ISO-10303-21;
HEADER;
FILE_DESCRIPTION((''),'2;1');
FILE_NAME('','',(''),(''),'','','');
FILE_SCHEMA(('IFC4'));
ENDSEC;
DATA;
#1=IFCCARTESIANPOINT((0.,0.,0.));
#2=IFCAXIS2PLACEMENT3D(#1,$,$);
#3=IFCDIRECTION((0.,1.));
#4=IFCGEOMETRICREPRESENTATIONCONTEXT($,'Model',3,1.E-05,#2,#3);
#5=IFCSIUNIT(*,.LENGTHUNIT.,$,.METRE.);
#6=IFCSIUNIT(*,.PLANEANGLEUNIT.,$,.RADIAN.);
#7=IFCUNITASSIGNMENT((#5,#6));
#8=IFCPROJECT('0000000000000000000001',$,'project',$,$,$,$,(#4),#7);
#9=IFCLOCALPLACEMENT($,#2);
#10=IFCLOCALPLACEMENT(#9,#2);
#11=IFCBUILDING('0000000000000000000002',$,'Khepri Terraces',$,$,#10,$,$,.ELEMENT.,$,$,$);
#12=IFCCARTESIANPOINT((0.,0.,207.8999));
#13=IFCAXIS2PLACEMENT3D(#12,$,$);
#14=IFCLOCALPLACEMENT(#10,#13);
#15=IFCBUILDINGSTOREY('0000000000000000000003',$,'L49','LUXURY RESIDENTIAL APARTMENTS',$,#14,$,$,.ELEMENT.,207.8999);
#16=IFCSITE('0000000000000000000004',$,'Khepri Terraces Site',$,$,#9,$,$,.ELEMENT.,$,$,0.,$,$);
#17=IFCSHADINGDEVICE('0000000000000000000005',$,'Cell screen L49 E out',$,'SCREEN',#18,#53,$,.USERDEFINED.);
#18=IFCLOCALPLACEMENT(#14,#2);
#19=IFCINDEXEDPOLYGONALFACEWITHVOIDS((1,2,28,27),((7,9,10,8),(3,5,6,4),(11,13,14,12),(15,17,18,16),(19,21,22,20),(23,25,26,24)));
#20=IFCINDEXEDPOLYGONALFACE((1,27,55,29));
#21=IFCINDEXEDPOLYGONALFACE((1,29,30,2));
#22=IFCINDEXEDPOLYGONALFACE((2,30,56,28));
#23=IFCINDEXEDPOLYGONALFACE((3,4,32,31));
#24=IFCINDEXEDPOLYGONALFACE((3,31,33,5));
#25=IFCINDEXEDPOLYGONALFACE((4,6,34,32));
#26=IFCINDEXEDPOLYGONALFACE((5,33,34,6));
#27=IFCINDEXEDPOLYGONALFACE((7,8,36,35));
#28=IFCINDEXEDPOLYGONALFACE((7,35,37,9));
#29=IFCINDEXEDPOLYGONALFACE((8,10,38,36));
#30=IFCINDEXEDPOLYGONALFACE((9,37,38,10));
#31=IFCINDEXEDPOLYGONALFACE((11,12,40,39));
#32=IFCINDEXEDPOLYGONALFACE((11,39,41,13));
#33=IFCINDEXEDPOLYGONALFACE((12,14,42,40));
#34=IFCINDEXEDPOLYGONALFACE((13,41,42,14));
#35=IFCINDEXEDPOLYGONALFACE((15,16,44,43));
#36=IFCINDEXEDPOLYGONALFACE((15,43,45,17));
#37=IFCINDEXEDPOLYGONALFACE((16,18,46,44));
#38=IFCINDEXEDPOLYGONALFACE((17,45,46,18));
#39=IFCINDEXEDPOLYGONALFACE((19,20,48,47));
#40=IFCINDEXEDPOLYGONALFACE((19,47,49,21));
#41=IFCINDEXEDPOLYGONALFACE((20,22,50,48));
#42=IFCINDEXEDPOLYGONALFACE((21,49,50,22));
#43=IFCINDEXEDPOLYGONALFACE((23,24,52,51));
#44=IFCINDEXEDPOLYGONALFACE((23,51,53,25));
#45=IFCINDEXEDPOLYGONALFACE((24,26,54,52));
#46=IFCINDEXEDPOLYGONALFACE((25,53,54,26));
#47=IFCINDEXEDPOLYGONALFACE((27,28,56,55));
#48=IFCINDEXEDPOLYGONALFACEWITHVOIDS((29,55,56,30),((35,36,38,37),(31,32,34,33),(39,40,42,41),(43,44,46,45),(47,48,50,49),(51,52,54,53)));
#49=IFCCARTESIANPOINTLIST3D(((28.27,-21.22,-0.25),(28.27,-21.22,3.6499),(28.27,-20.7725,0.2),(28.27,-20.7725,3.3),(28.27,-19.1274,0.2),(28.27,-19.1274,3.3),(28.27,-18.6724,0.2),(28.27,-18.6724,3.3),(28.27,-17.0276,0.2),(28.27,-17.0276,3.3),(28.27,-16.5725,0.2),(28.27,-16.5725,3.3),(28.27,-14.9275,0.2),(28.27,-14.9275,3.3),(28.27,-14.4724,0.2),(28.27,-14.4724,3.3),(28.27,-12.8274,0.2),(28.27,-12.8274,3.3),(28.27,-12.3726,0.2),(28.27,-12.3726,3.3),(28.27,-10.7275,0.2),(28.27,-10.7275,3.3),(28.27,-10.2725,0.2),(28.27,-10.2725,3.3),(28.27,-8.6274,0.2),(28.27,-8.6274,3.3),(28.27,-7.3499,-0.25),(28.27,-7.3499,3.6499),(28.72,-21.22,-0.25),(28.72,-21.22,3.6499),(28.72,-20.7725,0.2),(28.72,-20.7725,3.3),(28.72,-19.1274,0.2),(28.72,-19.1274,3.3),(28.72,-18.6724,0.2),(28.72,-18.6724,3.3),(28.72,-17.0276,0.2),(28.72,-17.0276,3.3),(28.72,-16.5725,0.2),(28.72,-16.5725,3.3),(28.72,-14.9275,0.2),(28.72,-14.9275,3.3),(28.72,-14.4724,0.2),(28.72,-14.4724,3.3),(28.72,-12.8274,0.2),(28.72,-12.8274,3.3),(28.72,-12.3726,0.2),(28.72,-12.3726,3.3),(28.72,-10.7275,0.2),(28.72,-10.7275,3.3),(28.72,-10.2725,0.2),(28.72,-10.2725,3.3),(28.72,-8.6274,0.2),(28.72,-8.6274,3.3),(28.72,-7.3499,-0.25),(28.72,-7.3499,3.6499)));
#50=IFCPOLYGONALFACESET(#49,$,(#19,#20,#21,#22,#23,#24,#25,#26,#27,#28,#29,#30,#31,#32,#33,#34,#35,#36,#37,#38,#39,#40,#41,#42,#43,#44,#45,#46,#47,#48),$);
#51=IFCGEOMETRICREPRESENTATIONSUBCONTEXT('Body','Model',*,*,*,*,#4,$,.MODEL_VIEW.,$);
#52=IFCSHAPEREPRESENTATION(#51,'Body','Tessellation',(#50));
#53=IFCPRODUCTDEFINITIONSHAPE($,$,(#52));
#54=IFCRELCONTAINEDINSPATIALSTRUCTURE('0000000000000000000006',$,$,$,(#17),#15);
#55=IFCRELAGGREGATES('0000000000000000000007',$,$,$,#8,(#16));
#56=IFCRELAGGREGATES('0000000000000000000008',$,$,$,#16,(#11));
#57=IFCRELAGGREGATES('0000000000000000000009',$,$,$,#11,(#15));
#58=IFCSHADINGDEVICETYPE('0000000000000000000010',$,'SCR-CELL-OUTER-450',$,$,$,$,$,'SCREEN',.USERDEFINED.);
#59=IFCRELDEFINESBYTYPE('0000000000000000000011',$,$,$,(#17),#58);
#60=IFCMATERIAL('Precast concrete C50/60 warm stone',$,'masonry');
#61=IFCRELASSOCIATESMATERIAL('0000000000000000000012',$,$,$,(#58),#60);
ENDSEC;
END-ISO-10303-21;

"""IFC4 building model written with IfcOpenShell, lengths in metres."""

from ifc_helpers import new_model, si_unit, direction, frame, origin, place, context, subcontext, project, spatial, polyline, outline, extrude, material, type_object, element, save


model = new_model("IFC4")

# Units and contexts
model_context = context("Model", 3, precision=1e-05, world=origin(), true_north=direction((0.0, 1.0)))
body_context = subcontext(model_context, "Body", "Model", "MODEL_VIEW")
ifc_project = project(units=[si_unit("LENGTHUNIT", "METRE"), si_unit("PLANEANGLEUNIT", "RADIAN")], contexts=[model_context])

# Site, building, storey
site_placement = place(None, origin())
site = spatial("IfcSite", under=ifc_project, at=site_placement, Name="Khepri Terraces Site", CompositionType="ELEMENT", RefElevation=0.0)
building_placement = place(site_placement, origin())
building = spatial("IfcBuilding", under=site, at=building_placement, Name="Khepri Terraces", CompositionType="ELEMENT")
storey_placement = place(building_placement, frame((0.0, 0.0, 207.8999)))
storey = spatial("IfcBuildingStorey", under=building, at=storey_placement, Name="L49", Description="LUXURY RESIDENTIAL APARTMENTS", CompositionType="ELEMENT", Elevation=207.8999)

# Shared definitions
ifc_material_1 = material(Name="Precast concrete C50/60 warm stone", Category="masonry")

# Shading device
shading_device_type_1 = type_object("IfcShadingDeviceType", Name="SCR-CELL-OUTER-450", ElementType="SCREEN", PredefinedType="USERDEFINED", material=ifc_material_1)
shading_device_1_placement = place(storey_placement, frame((28.27, -21.22, -0.25), z_axis=(1.0, 0.0, 0.0), x_axis=(0.0, 1.0, 0.0)))
element("IfcShadingDevice", 1, at=shading_device_1_placement, inside=storey, type_object=shading_device_type_1, Name="Cell screen L49 E out", ObjectType="SCREEN", PredefinedType="USERDEFINED", context=body_context, shape_type="SweptSolid", body=[
    extrude(outline(polyline([(0.0, 0.0), (13.8701, 0.0), (13.8701, 3.8999), (0.0, 3.8999), (0.0, 0.0)]), holes=[polyline([(0.4475, 0.45), (2.0925, 0.45), (2.0925, 3.55), (0.4475, 3.55), (0.4475, 0.45)]), polyline([(2.5476, 0.45), (4.1924, 0.45), (4.1924, 3.55), (2.5476, 3.55), (2.5476, 0.45)]), polyline([(4.6475, 0.45), (6.2925, 0.45), (6.2925, 3.55), (4.6475, 3.55), (4.6475, 0.45)]), polyline([(6.7476, 0.45), (8.3926, 0.45), (8.3926, 3.55), (6.7476, 3.55), (6.7476, 0.45)]), polyline([(8.8474, 0.45), (10.4924, 0.45), (10.4924, 3.55), (8.8474, 3.55), (8.8474, 0.45)]), polyline([(10.9475, 0.45), (12.5925, 0.45), (12.5925, 3.55), (10.9475, 3.55), (10.9475, 0.45)])]), origin(), (0.0, 0.0, 1.0), 0.45),
])

save(model, "model.ifc")
